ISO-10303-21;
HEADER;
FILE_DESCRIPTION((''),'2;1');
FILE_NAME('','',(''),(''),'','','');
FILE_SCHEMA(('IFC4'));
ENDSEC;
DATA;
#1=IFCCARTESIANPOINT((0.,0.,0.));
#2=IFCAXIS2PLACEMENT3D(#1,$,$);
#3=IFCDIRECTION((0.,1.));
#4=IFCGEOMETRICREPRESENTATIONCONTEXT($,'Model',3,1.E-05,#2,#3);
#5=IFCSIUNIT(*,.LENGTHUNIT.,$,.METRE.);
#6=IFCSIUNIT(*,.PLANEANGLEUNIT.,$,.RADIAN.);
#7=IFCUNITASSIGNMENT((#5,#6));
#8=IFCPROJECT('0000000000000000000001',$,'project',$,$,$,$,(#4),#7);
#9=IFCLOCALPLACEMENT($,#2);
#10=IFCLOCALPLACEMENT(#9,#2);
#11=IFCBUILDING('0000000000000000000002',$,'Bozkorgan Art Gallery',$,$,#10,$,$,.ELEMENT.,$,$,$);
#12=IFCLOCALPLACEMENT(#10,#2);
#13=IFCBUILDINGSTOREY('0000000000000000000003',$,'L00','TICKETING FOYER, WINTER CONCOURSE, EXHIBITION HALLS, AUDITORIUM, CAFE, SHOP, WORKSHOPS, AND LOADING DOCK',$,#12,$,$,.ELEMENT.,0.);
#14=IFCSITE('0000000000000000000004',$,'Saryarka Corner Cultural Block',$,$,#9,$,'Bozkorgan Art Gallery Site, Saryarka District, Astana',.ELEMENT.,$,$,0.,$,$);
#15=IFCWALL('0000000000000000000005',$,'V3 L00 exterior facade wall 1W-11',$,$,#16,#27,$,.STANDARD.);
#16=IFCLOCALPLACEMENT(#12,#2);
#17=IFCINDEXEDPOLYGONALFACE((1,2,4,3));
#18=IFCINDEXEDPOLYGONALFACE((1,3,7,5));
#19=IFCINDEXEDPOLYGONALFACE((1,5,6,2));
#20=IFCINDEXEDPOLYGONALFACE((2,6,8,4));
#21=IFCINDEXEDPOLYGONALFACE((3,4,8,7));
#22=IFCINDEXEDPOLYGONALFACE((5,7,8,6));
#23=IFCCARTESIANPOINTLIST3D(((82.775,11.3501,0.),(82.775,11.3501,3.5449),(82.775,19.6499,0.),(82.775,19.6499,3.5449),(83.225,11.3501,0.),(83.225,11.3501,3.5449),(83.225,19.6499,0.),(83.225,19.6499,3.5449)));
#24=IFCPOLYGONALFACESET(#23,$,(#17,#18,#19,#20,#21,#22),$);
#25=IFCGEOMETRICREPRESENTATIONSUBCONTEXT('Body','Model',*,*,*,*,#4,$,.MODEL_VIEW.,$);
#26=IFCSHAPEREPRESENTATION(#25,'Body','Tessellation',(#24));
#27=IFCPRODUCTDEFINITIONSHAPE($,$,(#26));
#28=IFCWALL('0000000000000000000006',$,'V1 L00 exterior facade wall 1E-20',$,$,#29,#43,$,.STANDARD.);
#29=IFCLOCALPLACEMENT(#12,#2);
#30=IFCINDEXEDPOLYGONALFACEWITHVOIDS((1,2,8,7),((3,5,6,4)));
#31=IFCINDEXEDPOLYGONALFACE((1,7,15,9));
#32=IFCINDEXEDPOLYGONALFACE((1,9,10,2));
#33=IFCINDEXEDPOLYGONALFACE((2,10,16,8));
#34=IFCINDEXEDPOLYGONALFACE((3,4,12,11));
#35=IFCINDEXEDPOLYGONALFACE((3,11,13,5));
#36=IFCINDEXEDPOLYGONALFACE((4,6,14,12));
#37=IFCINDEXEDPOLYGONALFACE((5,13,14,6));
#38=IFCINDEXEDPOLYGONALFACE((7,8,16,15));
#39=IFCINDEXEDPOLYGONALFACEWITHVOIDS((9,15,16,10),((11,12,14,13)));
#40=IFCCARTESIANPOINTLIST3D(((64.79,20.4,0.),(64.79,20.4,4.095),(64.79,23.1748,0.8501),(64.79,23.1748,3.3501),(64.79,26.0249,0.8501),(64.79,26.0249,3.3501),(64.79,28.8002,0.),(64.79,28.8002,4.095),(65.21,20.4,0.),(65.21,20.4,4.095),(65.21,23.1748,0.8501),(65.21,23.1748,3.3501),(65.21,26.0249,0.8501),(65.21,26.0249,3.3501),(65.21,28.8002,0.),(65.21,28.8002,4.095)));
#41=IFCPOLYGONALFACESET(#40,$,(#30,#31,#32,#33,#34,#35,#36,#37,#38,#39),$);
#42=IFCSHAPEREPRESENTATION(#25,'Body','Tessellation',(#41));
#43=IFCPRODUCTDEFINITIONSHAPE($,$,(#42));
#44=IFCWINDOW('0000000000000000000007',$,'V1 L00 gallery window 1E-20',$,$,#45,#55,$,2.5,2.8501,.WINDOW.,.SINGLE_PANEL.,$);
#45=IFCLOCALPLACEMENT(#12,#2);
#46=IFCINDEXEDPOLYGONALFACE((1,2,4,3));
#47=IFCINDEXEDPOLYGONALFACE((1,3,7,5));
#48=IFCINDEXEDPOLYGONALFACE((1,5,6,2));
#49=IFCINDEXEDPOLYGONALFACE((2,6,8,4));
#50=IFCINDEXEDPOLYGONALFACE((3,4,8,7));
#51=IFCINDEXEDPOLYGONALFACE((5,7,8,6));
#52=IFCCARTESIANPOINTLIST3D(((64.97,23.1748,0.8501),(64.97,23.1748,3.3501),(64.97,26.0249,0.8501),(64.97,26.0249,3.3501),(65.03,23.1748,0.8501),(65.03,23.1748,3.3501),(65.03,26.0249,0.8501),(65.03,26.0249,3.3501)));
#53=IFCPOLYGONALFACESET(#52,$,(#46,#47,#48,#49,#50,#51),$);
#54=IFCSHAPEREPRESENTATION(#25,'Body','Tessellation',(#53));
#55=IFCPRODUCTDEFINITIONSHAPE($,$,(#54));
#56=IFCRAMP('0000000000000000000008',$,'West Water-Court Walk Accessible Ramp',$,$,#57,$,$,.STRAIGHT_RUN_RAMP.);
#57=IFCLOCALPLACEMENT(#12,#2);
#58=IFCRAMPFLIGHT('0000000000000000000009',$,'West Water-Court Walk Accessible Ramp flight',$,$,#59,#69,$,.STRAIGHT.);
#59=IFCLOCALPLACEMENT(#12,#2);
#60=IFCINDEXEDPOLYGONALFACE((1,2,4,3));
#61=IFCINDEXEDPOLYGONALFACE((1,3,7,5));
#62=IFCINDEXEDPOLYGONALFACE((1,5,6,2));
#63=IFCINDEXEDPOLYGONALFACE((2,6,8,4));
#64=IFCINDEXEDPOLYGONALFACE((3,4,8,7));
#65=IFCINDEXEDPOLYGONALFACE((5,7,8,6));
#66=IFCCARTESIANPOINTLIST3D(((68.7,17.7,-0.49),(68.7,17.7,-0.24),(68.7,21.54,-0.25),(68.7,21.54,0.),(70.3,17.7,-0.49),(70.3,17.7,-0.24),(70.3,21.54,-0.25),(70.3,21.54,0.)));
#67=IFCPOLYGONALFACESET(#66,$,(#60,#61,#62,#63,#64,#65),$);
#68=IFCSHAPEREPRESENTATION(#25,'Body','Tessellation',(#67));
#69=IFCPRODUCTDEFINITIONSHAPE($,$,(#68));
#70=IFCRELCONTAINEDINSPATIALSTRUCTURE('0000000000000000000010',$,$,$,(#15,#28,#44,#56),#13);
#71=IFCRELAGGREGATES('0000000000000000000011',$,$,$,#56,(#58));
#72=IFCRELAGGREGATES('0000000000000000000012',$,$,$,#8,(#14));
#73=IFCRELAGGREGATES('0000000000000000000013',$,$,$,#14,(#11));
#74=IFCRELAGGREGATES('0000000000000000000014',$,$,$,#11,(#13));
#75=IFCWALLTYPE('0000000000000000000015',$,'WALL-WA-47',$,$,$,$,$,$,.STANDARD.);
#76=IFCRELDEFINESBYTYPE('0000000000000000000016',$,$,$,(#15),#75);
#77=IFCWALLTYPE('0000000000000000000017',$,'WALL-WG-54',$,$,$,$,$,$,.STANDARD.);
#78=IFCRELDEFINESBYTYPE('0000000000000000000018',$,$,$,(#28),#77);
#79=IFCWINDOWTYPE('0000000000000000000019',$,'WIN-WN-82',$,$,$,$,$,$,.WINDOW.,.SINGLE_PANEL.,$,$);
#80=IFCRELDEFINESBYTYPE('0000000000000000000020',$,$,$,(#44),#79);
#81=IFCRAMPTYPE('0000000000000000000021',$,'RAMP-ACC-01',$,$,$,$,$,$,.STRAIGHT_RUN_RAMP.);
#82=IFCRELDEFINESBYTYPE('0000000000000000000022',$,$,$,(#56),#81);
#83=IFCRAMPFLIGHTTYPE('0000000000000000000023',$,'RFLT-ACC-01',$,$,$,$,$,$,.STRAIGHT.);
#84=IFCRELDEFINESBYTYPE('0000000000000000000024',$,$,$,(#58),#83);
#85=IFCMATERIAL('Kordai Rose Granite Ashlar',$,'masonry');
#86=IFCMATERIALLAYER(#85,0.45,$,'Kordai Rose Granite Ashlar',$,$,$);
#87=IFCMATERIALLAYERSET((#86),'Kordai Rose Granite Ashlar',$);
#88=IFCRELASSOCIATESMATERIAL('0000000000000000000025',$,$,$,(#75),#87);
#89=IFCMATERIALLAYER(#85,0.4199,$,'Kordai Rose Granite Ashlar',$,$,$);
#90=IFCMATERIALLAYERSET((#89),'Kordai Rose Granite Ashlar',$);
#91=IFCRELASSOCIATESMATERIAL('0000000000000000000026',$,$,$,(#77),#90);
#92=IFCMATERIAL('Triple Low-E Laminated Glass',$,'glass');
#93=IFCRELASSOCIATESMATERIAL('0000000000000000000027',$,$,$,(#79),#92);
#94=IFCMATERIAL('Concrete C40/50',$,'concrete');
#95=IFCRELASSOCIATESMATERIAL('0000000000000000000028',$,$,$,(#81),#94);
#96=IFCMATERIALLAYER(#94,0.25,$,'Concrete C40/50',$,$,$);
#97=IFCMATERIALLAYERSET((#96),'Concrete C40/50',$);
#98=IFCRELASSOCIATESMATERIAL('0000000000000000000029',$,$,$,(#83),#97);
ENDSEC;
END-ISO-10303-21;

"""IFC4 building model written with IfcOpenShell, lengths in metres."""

from ifc_helpers import new_model, si_unit, direction, frame, frame_2d, origin, place, context, subcontext, project, spatial, polyline, rectangle, outline, extrude, material, layer, layer_set, type_object, element, fill, aggregate, save


model = new_model("IFC4")

# Units and contexts
model_context = context("Model", 3, precision=1e-05, world=origin(), true_north=direction((0.0, 1.0)))
body_context = subcontext(model_context, "Body", "Model", "MODEL_VIEW")
ifc_project = project(units=[si_unit("LENGTHUNIT", "METRE"), si_unit("PLANEANGLEUNIT", "RADIAN")], contexts=[model_context])

# Site, building, storey
site_placement = place(None, origin())
site = spatial("IfcSite", under=ifc_project, at=site_placement, Name="Saryarka Corner Cultural Block", LongName="Bozkorgan Art Gallery Site, Saryarka District, Astana", CompositionType="ELEMENT", RefElevation=0.0)
building_placement = place(site_placement, origin())
building = spatial("IfcBuilding", under=site, at=building_placement, Name="Bozkorgan Art Gallery", CompositionType="ELEMENT")
storey_placement = place(building_placement, origin())
storey = spatial("IfcBuildingStorey", under=building, at=storey_placement, Name="L00", Description="TICKETING FOYER, WINTER CONCOURSE, EXHIBITION HALLS, AUDITORIUM, CAFE, SHOP, WORKSHOPS, AND LOADING DOCK", CompositionType="ELEMENT", Elevation=0.0)

# Shared definitions
ifc_material_1 = material(Name="Concrete C40/50", Category="concrete")

# Wall
ifc_material_2 = material(Name="Kordai Rose Granite Ashlar", Category="masonry")
ifc_layer_1 = layer(ifc_material_2, 0.45, Name="Kordai Rose Granite Ashlar")
ifc_layer_set_1 = layer_set([ifc_layer_1], Name="Kordai Rose Granite Ashlar")
wall_type_1 = type_object("IfcWallType", Name="WALL-WA-47", PredefinedType="STANDARD", material=ifc_layer_set_1)
for number, where, z_axis, x_axis, name in (
    (1, (83.0, 11.3501, 0.0), (0.0, 0.0, 1.0), (0.0, 1.0, 0.0), "V3 L00 exterior facade wall 1W-11"),
):
    element("IfcWall", number, at=place(storey_placement, frame(where, z_axis=z_axis, x_axis=x_axis)), inside=storey, type_object=wall_type_1, Name=name, PredefinedType="STANDARD", context=body_context, shape_type="SweptSolid", body=[
        extrude(rectangle(XDim=8.2998, YDim=0.45, at=frame_2d((4.1499, 0.0))), origin(), (0.0, 0.0, 1.0), 3.5449),
    ])

# Wall, opening, window
ifc_layer_2 = layer(ifc_material_2, 0.4199, Name="Kordai Rose Granite Ashlar")
ifc_layer_set_2 = layer_set([ifc_layer_2], Name="Kordai Rose Granite Ashlar")
wall_type_2 = type_object("IfcWallType", Name="WALL-WG-54", PredefinedType="STANDARD", material=ifc_layer_set_2)
wall_placement = place(storey_placement, frame((65.0, 20.3999, 0.0), z_axis=(0.0, 0.0, 1.0), x_axis=(0.0, 1.0, 0.0)))
wall = element("IfcWall", 2, at=wall_placement, inside=storey, type_object=wall_type_2, Name="V1 L00 exterior facade wall 1E-20", PredefinedType="STANDARD", context=body_context, shape_type="SweptSolid", body=[
    extrude(rectangle(XDim=8.4001, YDim=0.4199, at=frame_2d((4.2002, 0.0))), origin(), (0.0, 0.0, 1.0), 4.095),
])
opening_placement = place(wall_placement, frame((5.625, 0.0, 0.8501), z_axis=(0.0, 0.0, 1.0), x_axis=(-1.0, 0.0, 0.0)))
opening = element("IfcOpeningElement", 3, at=opening_placement, cuts=wall, PredefinedType="OPENING", context=body_context, shape_type="SweptSolid", body=[
    extrude(rectangle(XDim=2.8501, YDim=2.5, at=frame_2d((1.425, 1.25))), frame((0.0, 0.22, 0.0), z_axis=(0.0, -1.0, 0.0), x_axis=(1.0, 0.0, 0.0)), (0.0, 0.0, 1.0), 0.4399),
])
ifc_material_3 = material(Name="Triple Low-E Laminated Glass", Category="glass")
window_type = type_object("IfcWindowType", Name="WIN-WN-82", PartitioningType="SINGLE_PANEL", PredefinedType="WINDOW", material=ifc_material_3)
window_placement = place(opening_placement, origin())
window = element("IfcWindow", 4, at=window_placement, inside=storey, type_object=window_type, Name="V1 L00 gallery window 1E-20", OverallHeight=2.5, OverallWidth=2.8501, PartitioningType="SINGLE_PANEL", PredefinedType="WINDOW", context=body_context, shape_type="SweptSolid", body=[
    extrude(rectangle(XDim=2.8501, YDim=2.5, at=frame_2d((1.425, 1.25))), frame((0.0, 0.03, 0.0), z_axis=(0.0, -1.0, 0.0), x_axis=(1.0, 0.0, 0.0)), (0.0, 0.0, 1.0), 0.0601),
])
fill(opening, window)

# Ramp, ramp flight
ramp_type = type_object("IfcRampType", Name="RAMP-ACC-01", PredefinedType="STRAIGHT_RUN_RAMP", material=ifc_material_1)
ramp_placement = place(storey_placement, origin())
ramp = element("IfcRamp", 5, at=ramp_placement, inside=storey, type_object=ramp_type, Name="West Water-Court Walk Accessible Ramp", PredefinedType="STRAIGHT_RUN_RAMP")
ifc_layer_3 = layer(ifc_material_1, 0.25, Name="Concrete C40/50")
ifc_layer_set_3 = layer_set([ifc_layer_3], Name="Concrete C40/50")
ramp_flight_type = type_object("IfcRampFlightType", Name="RFLT-ACC-01", PredefinedType="STRAIGHT", material=ifc_layer_set_3)
ramp_flight_placement = place(storey_placement, frame((69.5, 17.7, -0.24), z_axis=(0.0, 0.0, 1.0), x_axis=(0.0, 1.0, 0.0)))
ramp_flight = element("IfcRampFlight", 6, at=ramp_flight_placement, type_object=ramp_flight_type, Name="West Water-Court Walk Accessible Ramp flight", PredefinedType="STRAIGHT", context=body_context, shape_type="SweptSolid", body=[
    extrude(outline(polyline([(0.0, 0.0), (3.8401, 0.24), (3.8401, -0.01), (0.0, -0.25), (0.0, 0.0)])), frame((0.0, 0.8, 0.0), z_axis=(0.0, -1.0, 0.0), x_axis=(1.0, 0.0, 0.0)), (0.0, 0.0, 1.0), 1.6001),
])
aggregate(ramp, [ramp_flight])

save(model, "model.ifc")
